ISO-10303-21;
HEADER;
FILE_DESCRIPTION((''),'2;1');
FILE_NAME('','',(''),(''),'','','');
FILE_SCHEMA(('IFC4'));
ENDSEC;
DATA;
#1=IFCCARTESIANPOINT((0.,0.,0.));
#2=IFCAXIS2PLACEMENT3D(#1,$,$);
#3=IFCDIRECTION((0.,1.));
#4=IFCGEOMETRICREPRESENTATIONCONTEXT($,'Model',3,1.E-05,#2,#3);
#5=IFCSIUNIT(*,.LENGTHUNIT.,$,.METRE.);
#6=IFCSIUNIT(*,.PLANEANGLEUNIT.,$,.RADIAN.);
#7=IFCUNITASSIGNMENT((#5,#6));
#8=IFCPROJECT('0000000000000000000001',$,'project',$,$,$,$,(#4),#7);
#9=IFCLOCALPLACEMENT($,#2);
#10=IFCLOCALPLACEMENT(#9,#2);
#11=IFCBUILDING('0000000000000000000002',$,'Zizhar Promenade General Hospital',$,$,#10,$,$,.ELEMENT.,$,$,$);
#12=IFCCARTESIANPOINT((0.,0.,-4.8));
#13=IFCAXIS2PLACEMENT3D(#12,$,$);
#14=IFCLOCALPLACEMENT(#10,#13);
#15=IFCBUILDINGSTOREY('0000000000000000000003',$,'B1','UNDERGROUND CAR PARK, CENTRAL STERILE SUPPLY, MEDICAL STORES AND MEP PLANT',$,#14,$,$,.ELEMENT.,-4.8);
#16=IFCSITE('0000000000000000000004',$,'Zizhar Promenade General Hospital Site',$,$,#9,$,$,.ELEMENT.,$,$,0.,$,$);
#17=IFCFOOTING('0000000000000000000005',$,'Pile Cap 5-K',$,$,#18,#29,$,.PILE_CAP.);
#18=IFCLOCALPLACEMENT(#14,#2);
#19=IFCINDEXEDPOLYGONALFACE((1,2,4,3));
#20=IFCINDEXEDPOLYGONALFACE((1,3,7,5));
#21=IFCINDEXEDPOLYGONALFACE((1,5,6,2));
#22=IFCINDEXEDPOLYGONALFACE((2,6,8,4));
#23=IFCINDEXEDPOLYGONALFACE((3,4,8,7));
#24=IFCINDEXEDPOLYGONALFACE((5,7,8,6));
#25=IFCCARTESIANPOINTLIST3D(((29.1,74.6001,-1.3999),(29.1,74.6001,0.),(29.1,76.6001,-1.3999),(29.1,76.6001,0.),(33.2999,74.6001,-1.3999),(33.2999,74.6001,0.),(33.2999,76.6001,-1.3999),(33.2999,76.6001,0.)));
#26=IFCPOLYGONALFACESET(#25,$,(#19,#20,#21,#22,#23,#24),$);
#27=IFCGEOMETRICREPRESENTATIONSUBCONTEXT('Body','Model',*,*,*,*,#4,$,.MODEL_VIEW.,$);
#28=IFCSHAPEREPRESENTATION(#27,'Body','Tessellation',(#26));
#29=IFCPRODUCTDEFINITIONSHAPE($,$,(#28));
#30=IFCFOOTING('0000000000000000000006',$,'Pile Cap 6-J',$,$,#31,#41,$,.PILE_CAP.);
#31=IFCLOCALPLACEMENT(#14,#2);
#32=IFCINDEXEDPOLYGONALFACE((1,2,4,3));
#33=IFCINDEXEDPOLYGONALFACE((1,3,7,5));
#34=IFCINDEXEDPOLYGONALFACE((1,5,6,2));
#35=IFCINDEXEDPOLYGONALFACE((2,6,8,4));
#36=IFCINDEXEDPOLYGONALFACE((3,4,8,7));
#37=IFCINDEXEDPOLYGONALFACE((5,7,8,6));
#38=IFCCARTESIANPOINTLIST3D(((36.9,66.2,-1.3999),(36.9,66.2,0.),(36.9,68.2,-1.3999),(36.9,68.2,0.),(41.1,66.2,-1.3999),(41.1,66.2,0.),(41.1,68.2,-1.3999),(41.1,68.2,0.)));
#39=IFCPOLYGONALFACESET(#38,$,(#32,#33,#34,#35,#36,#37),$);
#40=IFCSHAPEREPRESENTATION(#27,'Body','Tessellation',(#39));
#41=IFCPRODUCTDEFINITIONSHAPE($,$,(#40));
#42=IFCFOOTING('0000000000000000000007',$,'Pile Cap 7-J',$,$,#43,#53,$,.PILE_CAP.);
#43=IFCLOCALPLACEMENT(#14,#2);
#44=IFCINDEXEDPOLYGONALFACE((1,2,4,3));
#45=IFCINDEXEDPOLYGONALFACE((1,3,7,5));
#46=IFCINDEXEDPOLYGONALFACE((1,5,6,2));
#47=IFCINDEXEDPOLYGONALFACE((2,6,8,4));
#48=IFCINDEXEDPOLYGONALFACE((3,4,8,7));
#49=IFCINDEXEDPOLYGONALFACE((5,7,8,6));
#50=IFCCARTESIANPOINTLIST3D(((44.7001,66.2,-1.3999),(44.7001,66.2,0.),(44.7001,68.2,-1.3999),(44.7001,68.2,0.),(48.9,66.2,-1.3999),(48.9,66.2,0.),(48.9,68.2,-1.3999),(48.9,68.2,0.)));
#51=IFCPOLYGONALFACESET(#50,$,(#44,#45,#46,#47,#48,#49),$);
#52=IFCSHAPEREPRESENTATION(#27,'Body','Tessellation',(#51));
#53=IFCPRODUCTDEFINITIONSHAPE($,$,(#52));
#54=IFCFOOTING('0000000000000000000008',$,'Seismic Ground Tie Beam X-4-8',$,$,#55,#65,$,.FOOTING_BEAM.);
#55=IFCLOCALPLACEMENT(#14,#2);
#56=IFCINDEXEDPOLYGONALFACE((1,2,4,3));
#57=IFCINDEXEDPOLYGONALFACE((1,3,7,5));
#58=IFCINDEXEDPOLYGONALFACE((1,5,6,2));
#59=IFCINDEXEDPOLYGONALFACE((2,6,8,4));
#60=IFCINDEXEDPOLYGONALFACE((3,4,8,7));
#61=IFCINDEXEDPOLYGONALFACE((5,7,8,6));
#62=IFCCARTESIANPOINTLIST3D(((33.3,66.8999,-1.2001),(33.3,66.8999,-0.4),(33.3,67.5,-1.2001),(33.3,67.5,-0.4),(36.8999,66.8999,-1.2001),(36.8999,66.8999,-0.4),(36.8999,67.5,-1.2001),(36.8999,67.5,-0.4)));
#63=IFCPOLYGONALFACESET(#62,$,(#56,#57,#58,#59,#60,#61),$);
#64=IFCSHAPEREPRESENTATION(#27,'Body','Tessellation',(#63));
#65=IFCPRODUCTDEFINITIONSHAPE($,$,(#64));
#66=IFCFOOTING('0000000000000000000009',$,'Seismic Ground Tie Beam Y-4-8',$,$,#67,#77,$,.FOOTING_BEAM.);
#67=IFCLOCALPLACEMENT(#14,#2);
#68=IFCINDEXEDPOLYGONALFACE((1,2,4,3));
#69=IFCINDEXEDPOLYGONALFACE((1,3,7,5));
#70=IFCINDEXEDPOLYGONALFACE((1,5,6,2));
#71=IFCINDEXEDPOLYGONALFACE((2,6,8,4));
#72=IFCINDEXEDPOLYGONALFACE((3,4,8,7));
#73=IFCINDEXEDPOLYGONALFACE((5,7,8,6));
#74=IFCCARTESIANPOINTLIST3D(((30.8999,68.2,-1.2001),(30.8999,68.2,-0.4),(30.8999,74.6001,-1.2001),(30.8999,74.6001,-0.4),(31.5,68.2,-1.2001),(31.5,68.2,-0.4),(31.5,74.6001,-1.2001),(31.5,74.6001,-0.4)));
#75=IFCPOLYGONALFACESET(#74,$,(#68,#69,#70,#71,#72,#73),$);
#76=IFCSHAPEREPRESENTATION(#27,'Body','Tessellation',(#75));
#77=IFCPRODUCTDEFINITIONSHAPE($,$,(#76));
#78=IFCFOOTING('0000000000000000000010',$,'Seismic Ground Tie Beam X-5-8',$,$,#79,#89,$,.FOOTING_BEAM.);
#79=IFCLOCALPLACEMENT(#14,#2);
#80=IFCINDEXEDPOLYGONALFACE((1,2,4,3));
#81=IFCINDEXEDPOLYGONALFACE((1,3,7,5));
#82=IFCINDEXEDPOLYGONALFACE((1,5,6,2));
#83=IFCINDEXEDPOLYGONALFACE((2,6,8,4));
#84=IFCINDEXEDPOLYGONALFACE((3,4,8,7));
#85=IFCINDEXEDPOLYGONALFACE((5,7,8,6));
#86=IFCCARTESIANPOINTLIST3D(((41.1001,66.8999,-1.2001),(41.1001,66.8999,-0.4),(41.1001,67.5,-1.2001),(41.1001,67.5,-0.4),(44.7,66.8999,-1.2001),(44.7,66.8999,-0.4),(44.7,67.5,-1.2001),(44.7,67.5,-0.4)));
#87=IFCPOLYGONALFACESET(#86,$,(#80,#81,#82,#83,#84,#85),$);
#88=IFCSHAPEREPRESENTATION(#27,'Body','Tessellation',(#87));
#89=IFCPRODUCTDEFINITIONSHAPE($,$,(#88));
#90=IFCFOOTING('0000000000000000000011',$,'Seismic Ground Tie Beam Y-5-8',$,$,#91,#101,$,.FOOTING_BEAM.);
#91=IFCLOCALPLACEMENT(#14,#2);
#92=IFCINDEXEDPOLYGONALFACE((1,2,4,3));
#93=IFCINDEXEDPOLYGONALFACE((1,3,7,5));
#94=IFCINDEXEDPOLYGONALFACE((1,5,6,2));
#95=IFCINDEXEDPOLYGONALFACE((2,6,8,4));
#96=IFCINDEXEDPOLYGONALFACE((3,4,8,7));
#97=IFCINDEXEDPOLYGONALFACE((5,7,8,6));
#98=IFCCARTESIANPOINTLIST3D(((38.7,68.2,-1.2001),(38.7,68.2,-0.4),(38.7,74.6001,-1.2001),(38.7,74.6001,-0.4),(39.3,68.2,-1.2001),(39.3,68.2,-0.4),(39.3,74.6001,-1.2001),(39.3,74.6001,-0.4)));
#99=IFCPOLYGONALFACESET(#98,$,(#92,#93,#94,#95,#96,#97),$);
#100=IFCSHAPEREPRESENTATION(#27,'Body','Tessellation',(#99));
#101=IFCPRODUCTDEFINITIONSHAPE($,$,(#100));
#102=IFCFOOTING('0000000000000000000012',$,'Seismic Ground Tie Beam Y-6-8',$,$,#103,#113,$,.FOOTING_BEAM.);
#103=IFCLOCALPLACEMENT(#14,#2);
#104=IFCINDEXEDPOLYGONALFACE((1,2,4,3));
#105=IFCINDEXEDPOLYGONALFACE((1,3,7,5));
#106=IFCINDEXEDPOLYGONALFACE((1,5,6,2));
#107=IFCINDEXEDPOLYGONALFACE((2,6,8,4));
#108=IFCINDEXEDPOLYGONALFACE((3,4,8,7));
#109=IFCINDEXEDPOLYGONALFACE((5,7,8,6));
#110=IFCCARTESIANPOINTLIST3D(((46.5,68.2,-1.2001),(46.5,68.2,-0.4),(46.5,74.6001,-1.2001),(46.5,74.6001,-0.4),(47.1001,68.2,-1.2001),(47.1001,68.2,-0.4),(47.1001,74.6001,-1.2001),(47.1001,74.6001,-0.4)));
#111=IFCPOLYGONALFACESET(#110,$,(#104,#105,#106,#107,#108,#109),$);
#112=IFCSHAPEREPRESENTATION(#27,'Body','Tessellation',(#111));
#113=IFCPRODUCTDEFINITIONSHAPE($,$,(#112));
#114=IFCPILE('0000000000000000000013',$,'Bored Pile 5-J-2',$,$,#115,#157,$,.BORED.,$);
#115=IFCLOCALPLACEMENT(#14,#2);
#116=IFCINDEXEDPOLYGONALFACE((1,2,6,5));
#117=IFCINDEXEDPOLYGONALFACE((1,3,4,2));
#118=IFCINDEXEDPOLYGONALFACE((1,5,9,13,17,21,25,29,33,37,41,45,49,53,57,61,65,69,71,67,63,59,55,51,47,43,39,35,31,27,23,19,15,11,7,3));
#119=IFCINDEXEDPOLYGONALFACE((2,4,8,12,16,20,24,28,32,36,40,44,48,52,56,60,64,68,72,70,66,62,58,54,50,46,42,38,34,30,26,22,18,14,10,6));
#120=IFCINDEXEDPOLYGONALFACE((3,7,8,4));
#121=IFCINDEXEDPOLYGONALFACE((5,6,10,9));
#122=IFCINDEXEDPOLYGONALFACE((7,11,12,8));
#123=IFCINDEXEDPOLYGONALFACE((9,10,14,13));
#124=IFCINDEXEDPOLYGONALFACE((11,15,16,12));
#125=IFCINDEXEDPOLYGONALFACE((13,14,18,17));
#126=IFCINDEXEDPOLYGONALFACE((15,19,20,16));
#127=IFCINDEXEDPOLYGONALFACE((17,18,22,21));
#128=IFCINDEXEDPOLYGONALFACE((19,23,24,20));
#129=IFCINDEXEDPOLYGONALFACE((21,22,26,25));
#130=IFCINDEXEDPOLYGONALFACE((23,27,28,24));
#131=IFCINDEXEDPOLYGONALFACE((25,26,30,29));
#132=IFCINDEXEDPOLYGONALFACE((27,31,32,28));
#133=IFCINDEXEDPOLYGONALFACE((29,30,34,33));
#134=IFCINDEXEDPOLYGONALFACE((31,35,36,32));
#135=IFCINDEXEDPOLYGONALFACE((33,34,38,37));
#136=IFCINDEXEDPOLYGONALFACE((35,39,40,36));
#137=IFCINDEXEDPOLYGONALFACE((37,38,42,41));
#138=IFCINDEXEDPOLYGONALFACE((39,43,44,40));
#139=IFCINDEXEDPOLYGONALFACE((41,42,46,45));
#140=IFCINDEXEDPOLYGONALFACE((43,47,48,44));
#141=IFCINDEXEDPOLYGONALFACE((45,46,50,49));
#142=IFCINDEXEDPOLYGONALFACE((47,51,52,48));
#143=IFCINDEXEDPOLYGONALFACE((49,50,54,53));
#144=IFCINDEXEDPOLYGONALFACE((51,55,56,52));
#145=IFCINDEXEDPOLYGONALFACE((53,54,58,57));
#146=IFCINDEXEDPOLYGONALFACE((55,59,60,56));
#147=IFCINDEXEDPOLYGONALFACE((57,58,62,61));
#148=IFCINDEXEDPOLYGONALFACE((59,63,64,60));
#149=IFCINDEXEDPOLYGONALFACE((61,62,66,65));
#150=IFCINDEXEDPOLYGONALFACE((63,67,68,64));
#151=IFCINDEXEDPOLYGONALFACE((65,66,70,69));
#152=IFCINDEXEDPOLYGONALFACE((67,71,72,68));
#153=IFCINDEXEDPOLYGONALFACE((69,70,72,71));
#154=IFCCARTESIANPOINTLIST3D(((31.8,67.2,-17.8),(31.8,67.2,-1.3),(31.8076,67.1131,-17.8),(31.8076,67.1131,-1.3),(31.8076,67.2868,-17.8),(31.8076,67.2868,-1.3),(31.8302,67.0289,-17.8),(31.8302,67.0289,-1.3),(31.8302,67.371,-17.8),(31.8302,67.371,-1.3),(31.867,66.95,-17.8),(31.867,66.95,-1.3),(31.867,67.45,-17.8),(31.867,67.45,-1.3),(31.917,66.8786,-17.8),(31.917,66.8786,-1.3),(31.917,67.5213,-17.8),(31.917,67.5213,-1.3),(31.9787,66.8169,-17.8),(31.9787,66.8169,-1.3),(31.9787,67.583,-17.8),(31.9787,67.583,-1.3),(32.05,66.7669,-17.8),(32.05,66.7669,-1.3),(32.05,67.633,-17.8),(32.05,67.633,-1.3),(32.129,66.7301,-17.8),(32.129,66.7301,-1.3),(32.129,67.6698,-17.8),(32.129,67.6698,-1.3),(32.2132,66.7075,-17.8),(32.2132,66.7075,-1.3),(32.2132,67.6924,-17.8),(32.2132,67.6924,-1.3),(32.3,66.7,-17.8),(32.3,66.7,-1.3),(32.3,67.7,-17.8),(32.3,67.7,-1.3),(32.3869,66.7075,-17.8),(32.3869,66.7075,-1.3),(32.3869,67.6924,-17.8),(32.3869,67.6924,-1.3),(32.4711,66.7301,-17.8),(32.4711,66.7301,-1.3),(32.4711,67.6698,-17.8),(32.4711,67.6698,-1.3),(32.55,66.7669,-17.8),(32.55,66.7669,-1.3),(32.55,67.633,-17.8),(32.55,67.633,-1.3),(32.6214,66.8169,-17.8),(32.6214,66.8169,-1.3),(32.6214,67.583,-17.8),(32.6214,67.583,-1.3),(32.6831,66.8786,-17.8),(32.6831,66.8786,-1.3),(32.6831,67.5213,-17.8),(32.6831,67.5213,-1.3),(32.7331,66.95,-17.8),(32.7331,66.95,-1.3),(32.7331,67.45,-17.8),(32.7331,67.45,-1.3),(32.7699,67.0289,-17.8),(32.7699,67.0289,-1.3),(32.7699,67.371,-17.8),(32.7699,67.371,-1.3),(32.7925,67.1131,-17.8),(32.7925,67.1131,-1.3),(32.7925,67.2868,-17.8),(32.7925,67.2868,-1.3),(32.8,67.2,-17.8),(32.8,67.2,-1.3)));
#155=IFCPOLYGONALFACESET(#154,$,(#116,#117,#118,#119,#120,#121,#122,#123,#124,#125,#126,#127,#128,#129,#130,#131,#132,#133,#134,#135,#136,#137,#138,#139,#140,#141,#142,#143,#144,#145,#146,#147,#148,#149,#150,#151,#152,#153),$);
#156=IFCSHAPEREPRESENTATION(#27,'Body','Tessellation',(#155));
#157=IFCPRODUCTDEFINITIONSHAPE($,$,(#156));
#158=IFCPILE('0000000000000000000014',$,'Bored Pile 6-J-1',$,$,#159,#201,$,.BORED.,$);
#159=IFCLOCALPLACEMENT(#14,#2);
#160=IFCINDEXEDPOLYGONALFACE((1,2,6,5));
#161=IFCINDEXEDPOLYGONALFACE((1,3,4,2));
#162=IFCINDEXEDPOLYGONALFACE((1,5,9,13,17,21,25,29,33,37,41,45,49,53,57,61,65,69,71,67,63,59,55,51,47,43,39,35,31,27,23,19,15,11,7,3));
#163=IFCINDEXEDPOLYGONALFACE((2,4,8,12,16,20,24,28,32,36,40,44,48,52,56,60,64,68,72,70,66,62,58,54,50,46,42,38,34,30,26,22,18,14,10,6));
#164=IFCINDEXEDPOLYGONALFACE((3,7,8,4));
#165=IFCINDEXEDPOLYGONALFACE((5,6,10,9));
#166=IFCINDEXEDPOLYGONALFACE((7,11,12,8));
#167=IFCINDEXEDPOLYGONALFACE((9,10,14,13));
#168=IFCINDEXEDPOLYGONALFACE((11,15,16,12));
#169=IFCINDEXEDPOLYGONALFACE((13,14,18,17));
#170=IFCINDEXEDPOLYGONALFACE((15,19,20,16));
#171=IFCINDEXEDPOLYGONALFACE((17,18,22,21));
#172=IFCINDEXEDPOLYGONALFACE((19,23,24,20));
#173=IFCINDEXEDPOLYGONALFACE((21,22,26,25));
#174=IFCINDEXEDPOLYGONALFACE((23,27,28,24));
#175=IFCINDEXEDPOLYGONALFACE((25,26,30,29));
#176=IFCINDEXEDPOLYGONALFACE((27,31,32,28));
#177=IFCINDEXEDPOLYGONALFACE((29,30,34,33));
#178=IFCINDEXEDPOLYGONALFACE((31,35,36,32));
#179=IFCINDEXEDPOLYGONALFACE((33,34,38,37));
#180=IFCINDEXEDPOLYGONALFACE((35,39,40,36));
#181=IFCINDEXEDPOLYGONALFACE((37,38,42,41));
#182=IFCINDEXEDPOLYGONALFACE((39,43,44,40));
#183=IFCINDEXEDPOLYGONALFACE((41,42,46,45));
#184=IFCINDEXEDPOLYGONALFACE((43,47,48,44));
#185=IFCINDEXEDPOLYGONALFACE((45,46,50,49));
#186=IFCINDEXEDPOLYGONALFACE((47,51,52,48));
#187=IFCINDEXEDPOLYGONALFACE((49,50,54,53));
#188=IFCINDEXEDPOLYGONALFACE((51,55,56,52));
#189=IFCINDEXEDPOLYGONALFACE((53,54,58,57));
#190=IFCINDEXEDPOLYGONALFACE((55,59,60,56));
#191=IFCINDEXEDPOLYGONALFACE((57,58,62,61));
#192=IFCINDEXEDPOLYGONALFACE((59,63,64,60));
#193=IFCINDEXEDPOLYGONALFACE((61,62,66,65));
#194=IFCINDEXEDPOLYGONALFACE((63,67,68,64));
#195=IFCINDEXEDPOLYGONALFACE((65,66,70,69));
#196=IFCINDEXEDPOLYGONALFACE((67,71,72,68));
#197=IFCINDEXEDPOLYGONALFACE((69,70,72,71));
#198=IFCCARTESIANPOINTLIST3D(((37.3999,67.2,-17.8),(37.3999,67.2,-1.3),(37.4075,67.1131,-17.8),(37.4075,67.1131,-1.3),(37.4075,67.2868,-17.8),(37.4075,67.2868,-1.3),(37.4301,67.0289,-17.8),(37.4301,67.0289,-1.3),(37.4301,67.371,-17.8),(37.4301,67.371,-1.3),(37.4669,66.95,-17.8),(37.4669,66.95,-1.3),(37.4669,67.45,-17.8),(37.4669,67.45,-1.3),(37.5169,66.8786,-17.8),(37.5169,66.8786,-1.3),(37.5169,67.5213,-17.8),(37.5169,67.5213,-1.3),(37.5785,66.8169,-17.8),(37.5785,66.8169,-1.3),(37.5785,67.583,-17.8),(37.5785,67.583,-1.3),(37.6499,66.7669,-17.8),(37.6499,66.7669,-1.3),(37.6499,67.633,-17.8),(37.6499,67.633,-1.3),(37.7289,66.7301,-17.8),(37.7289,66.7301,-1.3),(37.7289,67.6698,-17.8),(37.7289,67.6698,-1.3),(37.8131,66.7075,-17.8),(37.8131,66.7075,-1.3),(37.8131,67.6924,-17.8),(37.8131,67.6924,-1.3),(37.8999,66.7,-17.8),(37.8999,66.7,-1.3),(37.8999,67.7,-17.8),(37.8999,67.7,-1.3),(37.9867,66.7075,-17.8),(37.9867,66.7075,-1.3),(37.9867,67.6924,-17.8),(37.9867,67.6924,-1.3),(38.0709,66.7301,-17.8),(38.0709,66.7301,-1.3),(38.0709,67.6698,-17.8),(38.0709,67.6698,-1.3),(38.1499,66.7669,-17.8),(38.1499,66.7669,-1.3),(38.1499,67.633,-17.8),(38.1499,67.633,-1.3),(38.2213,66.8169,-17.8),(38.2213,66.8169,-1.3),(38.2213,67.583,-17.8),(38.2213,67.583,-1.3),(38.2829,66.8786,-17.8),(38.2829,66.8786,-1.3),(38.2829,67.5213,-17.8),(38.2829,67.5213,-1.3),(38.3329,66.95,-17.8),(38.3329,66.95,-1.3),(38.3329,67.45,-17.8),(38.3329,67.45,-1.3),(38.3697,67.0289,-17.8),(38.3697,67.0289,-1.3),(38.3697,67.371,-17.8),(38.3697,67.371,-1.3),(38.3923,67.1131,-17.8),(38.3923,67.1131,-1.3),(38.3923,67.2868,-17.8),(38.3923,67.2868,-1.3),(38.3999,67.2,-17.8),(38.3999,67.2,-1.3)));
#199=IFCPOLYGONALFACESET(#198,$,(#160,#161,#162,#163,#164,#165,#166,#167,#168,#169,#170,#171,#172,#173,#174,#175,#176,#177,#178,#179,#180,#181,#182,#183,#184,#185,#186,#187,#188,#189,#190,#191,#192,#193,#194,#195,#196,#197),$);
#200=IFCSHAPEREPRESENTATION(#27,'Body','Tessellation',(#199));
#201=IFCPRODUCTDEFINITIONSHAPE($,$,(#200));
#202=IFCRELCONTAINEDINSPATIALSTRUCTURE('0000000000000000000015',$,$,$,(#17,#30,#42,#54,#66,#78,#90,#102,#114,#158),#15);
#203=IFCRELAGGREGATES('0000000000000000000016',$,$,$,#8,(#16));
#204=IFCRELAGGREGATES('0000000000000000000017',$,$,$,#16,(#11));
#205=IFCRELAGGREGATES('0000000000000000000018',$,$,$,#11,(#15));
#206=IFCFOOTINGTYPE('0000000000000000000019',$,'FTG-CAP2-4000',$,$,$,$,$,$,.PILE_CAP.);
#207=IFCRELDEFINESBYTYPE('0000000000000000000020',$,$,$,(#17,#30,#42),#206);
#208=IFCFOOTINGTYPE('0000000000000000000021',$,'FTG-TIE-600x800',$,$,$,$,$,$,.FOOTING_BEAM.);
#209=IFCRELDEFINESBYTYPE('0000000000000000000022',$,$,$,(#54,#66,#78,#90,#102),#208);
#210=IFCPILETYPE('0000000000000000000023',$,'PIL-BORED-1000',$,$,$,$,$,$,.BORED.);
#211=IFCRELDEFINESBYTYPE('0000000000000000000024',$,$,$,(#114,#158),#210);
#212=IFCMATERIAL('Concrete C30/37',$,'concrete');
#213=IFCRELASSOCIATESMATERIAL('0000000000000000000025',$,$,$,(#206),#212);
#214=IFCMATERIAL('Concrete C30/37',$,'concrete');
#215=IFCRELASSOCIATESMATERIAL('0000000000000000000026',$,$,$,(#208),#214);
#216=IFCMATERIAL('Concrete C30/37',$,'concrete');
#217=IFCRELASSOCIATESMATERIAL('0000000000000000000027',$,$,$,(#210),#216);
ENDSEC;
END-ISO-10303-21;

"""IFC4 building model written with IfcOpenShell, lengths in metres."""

from ifc_helpers import new_model, si_unit, direction, frame, origin, origin_2d, place, context, subcontext, project, spatial, rectangle, circle, extrude, material, material_profile, profile_set, type_object, element, save


model = new_model("IFC4")

# Units and contexts
model_context = context("Model", 3, precision=1e-05, world=origin(), true_north=direction((0.0, 1.0)))
body_context = subcontext(model_context, "Body", "Model", "MODEL_VIEW")
ifc_project = project(units=[si_unit("LENGTHUNIT", "METRE"), si_unit("PLANEANGLEUNIT", "RADIAN")], contexts=[model_context])

# Site, building, storey
site_placement = place(None, origin())
site = spatial("IfcSite", under=ifc_project, at=site_placement, Name="Zizhar Promenade General Hospital Site", CompositionType="ELEMENT", RefElevation=0.0)
building_placement = place(site_placement, origin())
building = spatial("IfcBuilding", under=site, at=building_placement, Name="Zizhar Promenade General Hospital", CompositionType="ELEMENT")
storey_placement = place(building_placement, frame((0.0, 0.0, -4.8)))
storey = spatial("IfcBuildingStorey", under=building, at=storey_placement, Name="B1", Description="UNDERGROUND CAR PARK, CENTRAL STERILE SUPPLY, MEDICAL STORES AND MEP PLANT", CompositionType="ELEMENT", Elevation=-4.8)

# Footings
ifc_material_1 = material(Name="Concrete C30/37", Category="concrete")
footing_type_1 = type_object("IfcFootingType", Name="FTG-CAP2-4000", PredefinedType="PILE_CAP", material=ifc_material_1)
for number, where, z_axis, x_axis, name in (
    (1, (31.2, 75.6001, -1.3999), (0.0, 0.0, 1.0), (1.0, 0.0, 0.0), "Pile Cap 5-K"),
    (2, (39.0, 67.2, -1.3999), (0.0, 0.0, 1.0), (1.0, 0.0, 0.0), "Pile Cap 6-J"),
    (3, (46.8, 67.2, -1.3999), (0.0, 0.0, 1.0), (1.0, 0.0, 0.0), "Pile Cap 7-J"),
):
    element("IfcFooting", number, at=place(storey_placement, frame(where, z_axis=z_axis, x_axis=x_axis)), inside=storey, type_object=footing_type_1, Name=name, PredefinedType="PILE_CAP", context=body_context, shape_type="SweptSolid", body=[
        extrude(rectangle(XDim=4.2, YDim=2.0, at=origin_2d()), origin(), (0.0, 0.0, 1.0), 1.3999),
    ])
ifc_material_2 = material(Name="Concrete C30/37", Category="concrete")
ifc_material_profile_1 = material_profile(ifc_material_2, rectangle(XDim=0.6001, YDim=0.8, at=origin_2d()))
ifc_profile_set_1 = profile_set([ifc_material_profile_1], Name="Concrete C30/37")
footing_type_2 = type_object("IfcFootingType", Name="FTG-TIE-600x800", PredefinedType="FOOTING_BEAM", material=ifc_profile_set_1)
footing_1_placement = place(storey_placement, frame((33.3, 67.2, -0.8), z_axis=(1.0, 0.0, 0.0), x_axis=(0.0, 1.0, 0.0)))
element("IfcFooting", 4, at=footing_1_placement, inside=storey, type_object=footing_type_2, Name="Seismic Ground Tie Beam X-4-8", PredefinedType="FOOTING_BEAM", context=body_context, shape_type="SweptSolid", body=[
    extrude(rectangle(XDim=0.6001, YDim=0.8, at=origin_2d()), origin(), (0.0, 0.0, 1.0), 3.5999),
])
footing_2_placement = place(storey_placement, frame((31.2, 68.2, -0.8), z_axis=(0.0, 1.0, 0.0), x_axis=(-1.0, 0.0, 0.0)))
element("IfcFooting", 5, at=footing_2_placement, inside=storey, type_object=footing_type_2, Name="Seismic Ground Tie Beam Y-4-8", PredefinedType="FOOTING_BEAM", context=body_context, shape_type="SweptSolid", body=[
    extrude(rectangle(XDim=0.6001, YDim=0.8, at=origin_2d()), origin(), (0.0, 0.0, 1.0), 6.4001),
])
footing_3_placement = place(storey_placement, frame((41.1001, 67.2, -0.8), z_axis=(1.0, 0.0, 0.0), x_axis=(0.0, 1.0, 0.0)))
element("IfcFooting", 6, at=footing_3_placement, inside=storey, type_object=footing_type_2, Name="Seismic Ground Tie Beam X-5-8", PredefinedType="FOOTING_BEAM", context=body_context, shape_type="SweptSolid", body=[
    extrude(rectangle(XDim=0.6001, YDim=0.8, at=origin_2d()), origin(), (0.0, 0.0, 1.0), 3.5999),
])
for number, where, z_axis, x_axis, name in (
    (7, (39.0, 68.2, -0.8), (0.0, 1.0, 0.0), (-1.0, 0.0, 0.0), "Seismic Ground Tie Beam Y-5-8"),
    (8, (46.8, 68.2, -0.8), (0.0, 1.0, 0.0), (-1.0, 0.0, 0.0), "Seismic Ground Tie Beam Y-6-8"),
):
    element("IfcFooting", number, at=place(storey_placement, frame(where, z_axis=z_axis, x_axis=x_axis)), inside=storey, type_object=footing_type_2, Name=name, PredefinedType="FOOTING_BEAM", context=body_context, shape_type="SweptSolid", body=[
        extrude(rectangle(XDim=0.6001, YDim=0.8, at=origin_2d()), origin(), (0.0, 0.0, 1.0), 6.4001),
    ])

# Piles
ifc_material_3 = material(Name="Concrete C30/37", Category="concrete")
ifc_material_profile_2 = material_profile(ifc_material_3, circle(Radius=0.5, at=origin_2d()))
ifc_profile_set_2 = profile_set([ifc_material_profile_2], Name="Concrete C30/37")
pile_type = type_object("IfcPileType", Name="PIL-BORED-1000", PredefinedType="BORED", material=ifc_profile_set_2)
for number, where, z_axis, x_axis, name in (
    (9, (32.3, 67.2, -1.3), (0.0, 0.0, -1.0), (1.0, 0.0, 0.0), "Bored Pile 5-J-2"),
    (10, (37.8999, 67.2, -1.3), (0.0, 0.0, -1.0), (1.0, 0.0, 0.0), "Bored Pile 6-J-1"),
):
    element("IfcPile", number, at=place(storey_placement, frame(where, z_axis=z_axis, x_axis=x_axis)), inside=storey, type_object=pile_type, Name=name, PredefinedType="BORED", context=body_context, shape_type="SweptSolid", body=[
        extrude(circle(Radius=0.5, at=origin_2d()), origin(), (0.0, 0.0, 1.0), 16.5),
    ])

save(model, "model.ifc")
